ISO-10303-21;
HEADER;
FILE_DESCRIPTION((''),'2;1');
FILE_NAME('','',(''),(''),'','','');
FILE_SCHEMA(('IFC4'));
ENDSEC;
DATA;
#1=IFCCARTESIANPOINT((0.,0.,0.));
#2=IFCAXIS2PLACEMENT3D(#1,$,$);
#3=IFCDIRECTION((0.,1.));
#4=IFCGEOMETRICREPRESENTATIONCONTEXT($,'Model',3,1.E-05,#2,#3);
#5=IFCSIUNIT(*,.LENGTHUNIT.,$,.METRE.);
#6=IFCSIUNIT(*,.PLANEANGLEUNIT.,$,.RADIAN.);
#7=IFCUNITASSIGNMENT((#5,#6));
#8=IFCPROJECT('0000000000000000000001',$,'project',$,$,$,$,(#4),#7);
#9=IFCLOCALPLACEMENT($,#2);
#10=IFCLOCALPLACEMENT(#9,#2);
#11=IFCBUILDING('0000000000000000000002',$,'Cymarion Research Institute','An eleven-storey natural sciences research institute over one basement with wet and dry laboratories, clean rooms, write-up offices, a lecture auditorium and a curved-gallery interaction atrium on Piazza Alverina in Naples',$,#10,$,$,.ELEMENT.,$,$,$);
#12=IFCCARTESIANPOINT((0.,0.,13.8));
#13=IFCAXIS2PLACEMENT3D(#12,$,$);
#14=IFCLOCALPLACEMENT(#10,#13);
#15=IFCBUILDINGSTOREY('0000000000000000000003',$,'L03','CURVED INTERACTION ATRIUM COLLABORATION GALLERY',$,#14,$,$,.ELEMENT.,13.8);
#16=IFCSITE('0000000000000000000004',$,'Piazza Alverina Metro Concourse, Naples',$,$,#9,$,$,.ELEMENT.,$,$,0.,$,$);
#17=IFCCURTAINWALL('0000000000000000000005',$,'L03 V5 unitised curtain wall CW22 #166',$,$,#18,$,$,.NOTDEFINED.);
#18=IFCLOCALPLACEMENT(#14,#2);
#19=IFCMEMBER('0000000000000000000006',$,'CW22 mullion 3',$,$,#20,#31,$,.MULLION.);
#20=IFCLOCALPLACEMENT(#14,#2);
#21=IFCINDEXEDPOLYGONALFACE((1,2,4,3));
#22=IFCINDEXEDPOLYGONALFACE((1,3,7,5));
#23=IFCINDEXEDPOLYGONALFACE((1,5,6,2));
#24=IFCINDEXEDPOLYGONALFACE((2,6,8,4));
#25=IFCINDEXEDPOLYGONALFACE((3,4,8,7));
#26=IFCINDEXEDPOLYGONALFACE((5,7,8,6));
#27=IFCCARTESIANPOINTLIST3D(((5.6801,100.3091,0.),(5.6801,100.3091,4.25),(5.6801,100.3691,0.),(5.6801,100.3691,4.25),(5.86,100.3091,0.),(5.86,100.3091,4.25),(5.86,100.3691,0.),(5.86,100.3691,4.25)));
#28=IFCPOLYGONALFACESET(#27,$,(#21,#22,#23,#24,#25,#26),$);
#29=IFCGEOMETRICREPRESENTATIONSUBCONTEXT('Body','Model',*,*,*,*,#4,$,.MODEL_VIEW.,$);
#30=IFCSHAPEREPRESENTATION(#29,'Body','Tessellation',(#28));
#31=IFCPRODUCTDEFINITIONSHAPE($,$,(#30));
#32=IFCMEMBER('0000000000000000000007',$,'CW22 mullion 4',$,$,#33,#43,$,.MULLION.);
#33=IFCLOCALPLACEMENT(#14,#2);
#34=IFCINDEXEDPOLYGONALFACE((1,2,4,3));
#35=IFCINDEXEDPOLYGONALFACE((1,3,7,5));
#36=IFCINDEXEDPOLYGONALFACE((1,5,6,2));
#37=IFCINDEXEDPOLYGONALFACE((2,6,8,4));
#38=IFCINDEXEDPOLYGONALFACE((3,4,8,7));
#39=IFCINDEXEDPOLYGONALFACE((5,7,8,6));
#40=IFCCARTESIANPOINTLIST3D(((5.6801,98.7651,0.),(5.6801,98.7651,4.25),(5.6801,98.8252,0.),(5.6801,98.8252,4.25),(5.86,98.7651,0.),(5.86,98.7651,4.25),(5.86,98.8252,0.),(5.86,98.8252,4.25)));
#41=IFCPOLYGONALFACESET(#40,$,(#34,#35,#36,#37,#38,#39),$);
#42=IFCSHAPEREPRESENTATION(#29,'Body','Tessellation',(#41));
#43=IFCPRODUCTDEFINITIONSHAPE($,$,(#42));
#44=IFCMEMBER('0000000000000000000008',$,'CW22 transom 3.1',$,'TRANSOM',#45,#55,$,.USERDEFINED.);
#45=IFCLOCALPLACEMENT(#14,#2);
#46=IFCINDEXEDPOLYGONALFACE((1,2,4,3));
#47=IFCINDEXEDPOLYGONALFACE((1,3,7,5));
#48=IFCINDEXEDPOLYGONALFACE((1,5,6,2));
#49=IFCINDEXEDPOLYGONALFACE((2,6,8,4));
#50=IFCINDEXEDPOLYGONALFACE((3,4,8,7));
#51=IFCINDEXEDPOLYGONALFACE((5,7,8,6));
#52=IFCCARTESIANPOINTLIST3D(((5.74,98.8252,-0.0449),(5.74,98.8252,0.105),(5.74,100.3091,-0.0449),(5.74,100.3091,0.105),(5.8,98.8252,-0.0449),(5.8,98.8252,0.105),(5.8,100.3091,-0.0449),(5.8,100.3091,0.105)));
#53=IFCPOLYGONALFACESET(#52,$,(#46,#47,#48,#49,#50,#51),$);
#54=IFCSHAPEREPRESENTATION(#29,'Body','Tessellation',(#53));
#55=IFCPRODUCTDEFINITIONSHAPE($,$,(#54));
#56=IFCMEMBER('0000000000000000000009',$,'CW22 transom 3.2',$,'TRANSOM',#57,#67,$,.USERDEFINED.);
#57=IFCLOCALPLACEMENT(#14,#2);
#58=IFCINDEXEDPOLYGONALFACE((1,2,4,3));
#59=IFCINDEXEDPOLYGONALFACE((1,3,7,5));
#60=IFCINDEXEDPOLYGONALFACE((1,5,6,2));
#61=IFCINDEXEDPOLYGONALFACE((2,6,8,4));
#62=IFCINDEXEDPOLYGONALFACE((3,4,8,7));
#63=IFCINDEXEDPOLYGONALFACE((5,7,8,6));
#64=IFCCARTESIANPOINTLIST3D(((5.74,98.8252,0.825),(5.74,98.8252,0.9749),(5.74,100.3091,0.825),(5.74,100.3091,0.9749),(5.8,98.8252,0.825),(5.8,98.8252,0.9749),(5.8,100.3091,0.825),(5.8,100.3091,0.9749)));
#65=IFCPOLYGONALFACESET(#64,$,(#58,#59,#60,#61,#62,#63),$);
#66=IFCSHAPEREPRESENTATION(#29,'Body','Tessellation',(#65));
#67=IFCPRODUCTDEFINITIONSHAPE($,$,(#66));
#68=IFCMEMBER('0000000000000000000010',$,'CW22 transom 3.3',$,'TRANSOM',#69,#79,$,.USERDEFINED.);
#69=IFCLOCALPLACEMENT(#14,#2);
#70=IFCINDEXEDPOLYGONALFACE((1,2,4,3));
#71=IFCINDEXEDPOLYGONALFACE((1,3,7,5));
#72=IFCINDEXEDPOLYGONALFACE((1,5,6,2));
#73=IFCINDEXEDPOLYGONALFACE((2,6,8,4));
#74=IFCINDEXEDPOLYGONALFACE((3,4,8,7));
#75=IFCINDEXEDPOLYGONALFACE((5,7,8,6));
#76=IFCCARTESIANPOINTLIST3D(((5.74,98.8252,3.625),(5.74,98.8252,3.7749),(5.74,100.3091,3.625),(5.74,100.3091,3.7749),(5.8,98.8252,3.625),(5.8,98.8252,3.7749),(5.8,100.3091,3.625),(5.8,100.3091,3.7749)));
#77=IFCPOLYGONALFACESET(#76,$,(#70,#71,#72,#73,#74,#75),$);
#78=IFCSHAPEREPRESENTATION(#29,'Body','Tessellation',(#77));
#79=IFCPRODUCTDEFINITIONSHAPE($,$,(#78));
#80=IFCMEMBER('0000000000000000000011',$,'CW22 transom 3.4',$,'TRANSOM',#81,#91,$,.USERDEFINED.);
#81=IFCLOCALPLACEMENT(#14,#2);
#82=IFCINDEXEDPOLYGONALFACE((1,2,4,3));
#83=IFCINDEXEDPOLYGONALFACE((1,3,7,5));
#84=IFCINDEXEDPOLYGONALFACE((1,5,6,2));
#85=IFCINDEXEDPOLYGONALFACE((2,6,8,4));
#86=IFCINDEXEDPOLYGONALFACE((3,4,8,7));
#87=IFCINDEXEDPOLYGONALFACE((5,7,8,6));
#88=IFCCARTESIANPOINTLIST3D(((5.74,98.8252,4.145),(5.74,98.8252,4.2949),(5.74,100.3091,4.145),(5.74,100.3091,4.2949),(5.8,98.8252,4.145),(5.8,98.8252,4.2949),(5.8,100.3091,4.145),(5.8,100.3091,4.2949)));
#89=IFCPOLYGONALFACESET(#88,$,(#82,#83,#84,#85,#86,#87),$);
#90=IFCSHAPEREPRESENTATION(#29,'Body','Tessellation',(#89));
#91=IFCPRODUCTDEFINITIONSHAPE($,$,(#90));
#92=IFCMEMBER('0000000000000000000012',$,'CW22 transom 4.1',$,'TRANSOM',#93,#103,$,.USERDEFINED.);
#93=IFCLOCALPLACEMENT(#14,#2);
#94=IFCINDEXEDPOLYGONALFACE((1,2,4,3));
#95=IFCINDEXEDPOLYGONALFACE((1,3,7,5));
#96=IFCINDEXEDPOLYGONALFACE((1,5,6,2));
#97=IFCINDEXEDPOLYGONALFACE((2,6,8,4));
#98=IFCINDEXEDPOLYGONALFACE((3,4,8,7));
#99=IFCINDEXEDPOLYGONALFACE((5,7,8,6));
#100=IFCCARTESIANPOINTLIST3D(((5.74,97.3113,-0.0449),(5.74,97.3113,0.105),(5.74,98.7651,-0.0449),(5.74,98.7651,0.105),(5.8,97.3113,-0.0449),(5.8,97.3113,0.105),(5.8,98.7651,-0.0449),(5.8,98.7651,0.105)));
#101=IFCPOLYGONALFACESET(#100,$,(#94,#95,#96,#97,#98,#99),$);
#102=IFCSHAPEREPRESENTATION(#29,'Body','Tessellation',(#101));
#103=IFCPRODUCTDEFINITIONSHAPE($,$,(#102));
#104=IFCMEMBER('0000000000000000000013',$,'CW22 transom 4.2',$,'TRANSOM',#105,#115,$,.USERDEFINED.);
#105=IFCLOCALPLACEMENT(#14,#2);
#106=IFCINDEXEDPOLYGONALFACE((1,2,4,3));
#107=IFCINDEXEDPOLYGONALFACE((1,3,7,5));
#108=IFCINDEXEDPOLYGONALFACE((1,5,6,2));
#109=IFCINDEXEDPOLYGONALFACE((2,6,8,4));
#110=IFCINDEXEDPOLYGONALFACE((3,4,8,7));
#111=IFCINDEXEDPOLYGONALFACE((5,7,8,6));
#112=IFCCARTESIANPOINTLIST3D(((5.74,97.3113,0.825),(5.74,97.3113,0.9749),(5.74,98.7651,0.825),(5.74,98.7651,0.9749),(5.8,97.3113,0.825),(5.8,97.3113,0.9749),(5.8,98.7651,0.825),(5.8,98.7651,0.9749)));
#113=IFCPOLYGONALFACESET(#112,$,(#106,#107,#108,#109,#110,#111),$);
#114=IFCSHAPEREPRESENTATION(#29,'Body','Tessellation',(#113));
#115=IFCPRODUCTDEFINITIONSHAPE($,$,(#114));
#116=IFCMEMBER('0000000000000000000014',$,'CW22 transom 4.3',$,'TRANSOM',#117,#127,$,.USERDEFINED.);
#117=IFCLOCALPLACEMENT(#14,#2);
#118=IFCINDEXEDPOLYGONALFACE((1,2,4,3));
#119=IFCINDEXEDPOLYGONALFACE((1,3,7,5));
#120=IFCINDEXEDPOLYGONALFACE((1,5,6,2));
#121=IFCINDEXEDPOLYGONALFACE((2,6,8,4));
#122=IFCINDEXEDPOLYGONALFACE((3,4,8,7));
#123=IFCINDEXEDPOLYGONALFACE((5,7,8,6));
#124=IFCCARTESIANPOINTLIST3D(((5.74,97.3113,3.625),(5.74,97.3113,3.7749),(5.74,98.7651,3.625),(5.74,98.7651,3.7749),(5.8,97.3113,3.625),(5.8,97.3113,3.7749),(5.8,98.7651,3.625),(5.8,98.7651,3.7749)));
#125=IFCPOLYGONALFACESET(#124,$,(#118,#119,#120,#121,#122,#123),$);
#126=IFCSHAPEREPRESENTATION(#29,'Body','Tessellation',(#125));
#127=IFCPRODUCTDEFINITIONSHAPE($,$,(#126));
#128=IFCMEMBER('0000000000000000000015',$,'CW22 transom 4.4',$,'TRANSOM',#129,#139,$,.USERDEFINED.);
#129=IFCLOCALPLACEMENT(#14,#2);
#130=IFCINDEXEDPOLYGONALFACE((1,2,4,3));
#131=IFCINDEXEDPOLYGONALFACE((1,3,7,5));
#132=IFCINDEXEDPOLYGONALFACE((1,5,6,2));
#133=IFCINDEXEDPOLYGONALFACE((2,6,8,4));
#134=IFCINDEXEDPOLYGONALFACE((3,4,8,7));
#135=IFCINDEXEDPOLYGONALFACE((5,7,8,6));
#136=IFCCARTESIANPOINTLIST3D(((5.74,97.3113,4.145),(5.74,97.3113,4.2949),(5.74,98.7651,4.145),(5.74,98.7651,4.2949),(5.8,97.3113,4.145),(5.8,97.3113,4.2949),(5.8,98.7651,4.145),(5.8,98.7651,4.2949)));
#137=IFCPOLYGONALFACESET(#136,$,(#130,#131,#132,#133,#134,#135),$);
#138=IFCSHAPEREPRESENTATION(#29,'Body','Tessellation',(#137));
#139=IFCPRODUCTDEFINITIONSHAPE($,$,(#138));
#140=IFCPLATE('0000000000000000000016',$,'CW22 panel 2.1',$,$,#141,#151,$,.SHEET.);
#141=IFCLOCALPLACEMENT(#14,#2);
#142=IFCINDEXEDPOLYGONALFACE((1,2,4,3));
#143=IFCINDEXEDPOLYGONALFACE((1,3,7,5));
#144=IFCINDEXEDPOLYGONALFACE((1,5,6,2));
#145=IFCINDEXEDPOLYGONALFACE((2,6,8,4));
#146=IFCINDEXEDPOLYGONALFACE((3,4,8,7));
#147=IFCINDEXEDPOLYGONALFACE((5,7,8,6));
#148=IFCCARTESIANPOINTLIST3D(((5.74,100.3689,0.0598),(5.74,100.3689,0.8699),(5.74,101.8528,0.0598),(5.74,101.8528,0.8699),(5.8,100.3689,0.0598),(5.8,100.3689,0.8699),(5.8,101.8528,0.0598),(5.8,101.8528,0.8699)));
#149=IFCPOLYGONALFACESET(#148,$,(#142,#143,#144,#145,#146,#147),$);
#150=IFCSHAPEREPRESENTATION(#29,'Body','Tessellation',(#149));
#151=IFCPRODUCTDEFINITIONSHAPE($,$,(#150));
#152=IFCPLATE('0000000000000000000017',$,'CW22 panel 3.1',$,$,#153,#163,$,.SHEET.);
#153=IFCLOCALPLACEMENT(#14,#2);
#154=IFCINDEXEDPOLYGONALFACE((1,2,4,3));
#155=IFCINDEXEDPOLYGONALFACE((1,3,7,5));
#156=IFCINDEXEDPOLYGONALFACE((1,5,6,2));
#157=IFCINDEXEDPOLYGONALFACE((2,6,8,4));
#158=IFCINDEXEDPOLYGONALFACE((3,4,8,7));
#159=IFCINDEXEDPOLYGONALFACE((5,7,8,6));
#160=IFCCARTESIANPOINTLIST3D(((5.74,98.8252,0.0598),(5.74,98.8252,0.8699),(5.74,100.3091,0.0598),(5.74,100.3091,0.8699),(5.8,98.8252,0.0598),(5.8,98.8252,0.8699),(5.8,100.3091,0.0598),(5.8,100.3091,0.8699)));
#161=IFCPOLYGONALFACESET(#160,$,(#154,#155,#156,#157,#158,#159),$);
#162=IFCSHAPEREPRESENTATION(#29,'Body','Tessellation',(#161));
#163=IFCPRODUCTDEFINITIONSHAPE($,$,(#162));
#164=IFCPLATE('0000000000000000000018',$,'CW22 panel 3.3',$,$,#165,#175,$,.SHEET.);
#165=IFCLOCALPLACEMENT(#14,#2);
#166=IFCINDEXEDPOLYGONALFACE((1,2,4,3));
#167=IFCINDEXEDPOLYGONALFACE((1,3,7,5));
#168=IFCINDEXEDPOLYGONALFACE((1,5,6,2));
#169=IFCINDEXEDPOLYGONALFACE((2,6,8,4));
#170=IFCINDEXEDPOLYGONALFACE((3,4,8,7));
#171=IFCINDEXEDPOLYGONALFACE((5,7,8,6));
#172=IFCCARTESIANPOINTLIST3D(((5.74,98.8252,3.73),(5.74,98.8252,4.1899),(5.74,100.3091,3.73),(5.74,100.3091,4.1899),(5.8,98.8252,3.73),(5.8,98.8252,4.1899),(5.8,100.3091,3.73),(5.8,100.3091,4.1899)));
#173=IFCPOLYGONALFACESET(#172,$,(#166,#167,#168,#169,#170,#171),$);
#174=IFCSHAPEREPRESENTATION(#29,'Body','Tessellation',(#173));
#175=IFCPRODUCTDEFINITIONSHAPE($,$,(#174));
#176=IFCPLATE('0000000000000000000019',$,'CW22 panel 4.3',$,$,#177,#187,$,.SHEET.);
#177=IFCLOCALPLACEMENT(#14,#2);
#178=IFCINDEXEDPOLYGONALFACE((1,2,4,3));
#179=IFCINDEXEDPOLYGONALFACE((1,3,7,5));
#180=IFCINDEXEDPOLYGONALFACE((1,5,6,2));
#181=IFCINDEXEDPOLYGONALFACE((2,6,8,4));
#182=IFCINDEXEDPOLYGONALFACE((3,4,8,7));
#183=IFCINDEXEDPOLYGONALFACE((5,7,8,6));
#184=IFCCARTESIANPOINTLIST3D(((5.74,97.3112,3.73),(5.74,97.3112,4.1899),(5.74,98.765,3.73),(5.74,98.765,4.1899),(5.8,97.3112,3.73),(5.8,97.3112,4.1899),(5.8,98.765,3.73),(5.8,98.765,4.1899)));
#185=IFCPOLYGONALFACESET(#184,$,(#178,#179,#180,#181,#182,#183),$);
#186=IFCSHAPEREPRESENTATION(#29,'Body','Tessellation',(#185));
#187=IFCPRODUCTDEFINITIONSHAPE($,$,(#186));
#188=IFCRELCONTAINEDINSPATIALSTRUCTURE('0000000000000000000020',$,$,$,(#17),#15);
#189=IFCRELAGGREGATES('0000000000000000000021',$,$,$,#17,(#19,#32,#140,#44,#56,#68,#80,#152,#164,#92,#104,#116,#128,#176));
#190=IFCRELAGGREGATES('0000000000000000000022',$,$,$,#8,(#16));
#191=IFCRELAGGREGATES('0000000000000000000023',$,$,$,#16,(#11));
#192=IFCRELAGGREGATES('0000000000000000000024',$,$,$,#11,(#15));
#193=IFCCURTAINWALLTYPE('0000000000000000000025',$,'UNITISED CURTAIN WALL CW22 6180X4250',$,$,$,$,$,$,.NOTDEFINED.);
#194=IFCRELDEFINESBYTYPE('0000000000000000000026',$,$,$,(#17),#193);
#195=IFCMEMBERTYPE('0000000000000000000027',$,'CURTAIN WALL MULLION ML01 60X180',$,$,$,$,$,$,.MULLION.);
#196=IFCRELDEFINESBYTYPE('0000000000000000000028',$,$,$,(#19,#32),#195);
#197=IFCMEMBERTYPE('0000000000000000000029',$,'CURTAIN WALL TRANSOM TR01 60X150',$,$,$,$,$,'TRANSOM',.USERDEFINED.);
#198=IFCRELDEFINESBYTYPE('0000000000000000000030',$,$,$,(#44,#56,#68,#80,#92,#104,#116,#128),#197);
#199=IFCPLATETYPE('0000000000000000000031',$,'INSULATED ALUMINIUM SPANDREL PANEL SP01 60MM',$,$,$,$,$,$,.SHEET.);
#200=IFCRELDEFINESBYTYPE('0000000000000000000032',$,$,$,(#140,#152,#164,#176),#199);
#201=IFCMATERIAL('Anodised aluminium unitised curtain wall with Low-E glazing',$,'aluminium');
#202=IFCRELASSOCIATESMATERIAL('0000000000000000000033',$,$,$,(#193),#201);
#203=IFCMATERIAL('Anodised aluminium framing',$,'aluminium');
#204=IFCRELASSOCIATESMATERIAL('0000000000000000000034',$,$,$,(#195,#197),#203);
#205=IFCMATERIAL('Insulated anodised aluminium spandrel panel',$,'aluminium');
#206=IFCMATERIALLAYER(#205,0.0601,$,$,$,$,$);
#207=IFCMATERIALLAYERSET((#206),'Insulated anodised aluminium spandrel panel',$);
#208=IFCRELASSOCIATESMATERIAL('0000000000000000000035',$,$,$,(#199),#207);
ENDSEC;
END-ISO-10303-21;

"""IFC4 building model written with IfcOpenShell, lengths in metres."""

from ifc_helpers import new_model, si_unit, direction, frame, origin, origin_2d, place, context, subcontext, project, spatial, rectangle, extrude, material, layer, layer_set, material_profile, profile_set, type_object, element, aggregate, save


model = new_model("IFC4")

# Units and contexts
model_context = context("Model", 3, precision=1e-05, world=origin(), true_north=direction((0.0, 1.0)))
body_context = subcontext(model_context, "Body", "Model", "MODEL_VIEW")
ifc_project = project(units=[si_unit("LENGTHUNIT", "METRE"), si_unit("PLANEANGLEUNIT", "RADIAN")], contexts=[model_context])

# Site, building, storey
site_placement = place(None, origin())
site = spatial("IfcSite", under=ifc_project, at=site_placement, Name="Piazza Alverina Metro Concourse, Naples", CompositionType="ELEMENT", RefElevation=0.0)
building_placement = place(site_placement, origin())
building = spatial("IfcBuilding", under=site, at=building_placement, Name="Cymarion Research Institute", Description="An eleven-storey natural sciences research institute over one basement with wet and dry laboratories, clean rooms, write-up offices, a lecture auditorium and a curved-gallery interaction atrium on Piazza Alverina in Naples", CompositionType="ELEMENT")
storey_placement = place(building_placement, frame((0.0, 0.0, 13.8)))
storey = spatial("IfcBuildingStorey", under=building, at=storey_placement, Name="L03", Description="CURVED INTERACTION ATRIUM COLLABORATION GALLERY", CompositionType="ELEMENT", Elevation=13.8)

# Curtain wall, members, plates
ifc_material_1 = material(Name="Anodised aluminium unitised curtain wall with Low-E glazing", Category="aluminium")
curtain_wall_type = type_object("IfcCurtainWallType", Name="UNITISED CURTAIN WALL CW22 6180X4250", PredefinedType="NOTDEFINED", material=ifc_material_1)
curtain_wall_placement = place(storey_placement, origin())
curtain_wall = element("IfcCurtainWall", 1, at=curtain_wall_placement, inside=storey, type_object=curtain_wall_type, Name="L03 V5 unitised curtain wall CW22 #166", PredefinedType="NOTDEFINED")
ifc_material_2 = material(Name="Anodised aluminium framing", Category="aluminium")
ifc_material_profile_1 = material_profile(ifc_material_2, rectangle(XDim=0.0601, YDim=0.1799, at=origin_2d()), Name="ALU MULLION 60x180")
ifc_profile_set_1 = profile_set([ifc_material_profile_1], Name="Anodised aluminium framing")
member_type_1 = type_object("IfcMemberType", Name="CURTAIN WALL MULLION ML01 60X180", PredefinedType="MULLION", material=ifc_profile_set_1)
member_1_placement = place(storey_placement, frame((5.77, 100.3391, 0.0), z_axis=(0.0, 0.0, 1.0), x_axis=(0.0, -1.0, 0.0)))
member_1 = element("IfcMember", 2, at=member_1_placement, type_object=member_type_1, Name="CW22 mullion 3", PredefinedType="MULLION", context=body_context, shape_type="SweptSolid", body=[
    extrude(rectangle(XDim=0.0601, YDim=0.1799, at=origin_2d()), origin(), (0.0, 0.0, 1.0), 4.25),
])
member_2_placement = place(storey_placement, frame((5.77, 98.7952, 0.0), z_axis=(0.0, 0.0, 1.0), x_axis=(0.0, -1.0, 0.0)))
member_2 = element("IfcMember", 3, at=member_2_placement, type_object=member_type_1, Name="CW22 mullion 4", PredefinedType="MULLION", context=body_context, shape_type="SweptSolid", body=[
    extrude(rectangle(XDim=0.0601, YDim=0.1799, at=origin_2d()), origin(), (0.0, 0.0, 1.0), 4.25),
])
ifc_material_profile_2 = material_profile(ifc_material_2, rectangle(XDim=0.0601, YDim=0.1499, at=origin_2d()), Name="ALU TRANSOM 60x150")
ifc_profile_set_2 = profile_set([ifc_material_profile_2], Name="Anodised aluminium framing")
member_type_2 = type_object("IfcMemberType", Name="CURTAIN WALL TRANSOM TR01 60X150", ElementType="TRANSOM", PredefinedType="USERDEFINED", material=ifc_profile_set_2)
member_3_placement = place(storey_placement, frame((5.77, 100.3091, 0.03), z_axis=(0.0, -1.0, 0.0), x_axis=(1.0, 0.0, 0.0)))
member_3 = element("IfcMember", 4, at=member_3_placement, type_object=member_type_2, Name="CW22 transom 3.1", ObjectType="TRANSOM", PredefinedType="USERDEFINED", context=body_context, shape_type="SweptSolid", body=[
    extrude(rectangle(XDim=0.0601, YDim=0.1499, at=origin_2d()), origin(), (0.0, 0.0, 1.0), 1.4839),
])
member_4_placement = place(storey_placement, frame((5.77, 100.3091, 0.8999), z_axis=(0.0, -1.0, 0.0), x_axis=(1.0, 0.0, 0.0)))
member_4 = element("IfcMember", 5, at=member_4_placement, type_object=member_type_2, Name="CW22 transom 3.2", ObjectType="TRANSOM", PredefinedType="USERDEFINED", context=body_context, shape_type="SweptSolid", body=[
    extrude(rectangle(XDim=0.0601, YDim=0.1499, at=origin_2d()), origin(), (0.0, 0.0, 1.0), 1.4839),
])
member_5_placement = place(storey_placement, frame((5.77, 100.3091, 3.7), z_axis=(0.0, -1.0, 0.0), x_axis=(1.0, 0.0, 0.0)))
member_5 = element("IfcMember", 6, at=member_5_placement, type_object=member_type_2, Name="CW22 transom 3.3", ObjectType="TRANSOM", PredefinedType="USERDEFINED", context=body_context, shape_type="SweptSolid", body=[
    extrude(rectangle(XDim=0.0601, YDim=0.1499, at=origin_2d()), origin(), (0.0, 0.0, 1.0), 1.4839),
])
member_6_placement = place(storey_placement, frame((5.77, 100.3091, 4.22), z_axis=(0.0, -1.0, 0.0), x_axis=(1.0, 0.0, 0.0)))
member_6 = element("IfcMember", 7, at=member_6_placement, type_object=member_type_2, Name="CW22 transom 3.4", ObjectType="TRANSOM", PredefinedType="USERDEFINED", context=body_context, shape_type="SweptSolid", body=[
    extrude(rectangle(XDim=0.0601, YDim=0.1499, at=origin_2d()), origin(), (0.0, 0.0, 1.0), 1.4839),
])
member_7_placement = place(storey_placement, frame((5.77, 98.7651, 0.03), z_axis=(0.0, -1.0, 0.0), x_axis=(1.0, 0.0, 0.0)))
member_7 = element("IfcMember", 8, at=member_7_placement, type_object=member_type_2, Name="CW22 transom 4.1", ObjectType="TRANSOM", PredefinedType="USERDEFINED", context=body_context, shape_type="SweptSolid", body=[
    extrude(rectangle(XDim=0.0601, YDim=0.1499, at=origin_2d()), origin(), (0.0, 0.0, 1.0), 1.4539),
])
member_8_placement = place(storey_placement, frame((5.77, 98.7651, 0.8999), z_axis=(0.0, -1.0, 0.0), x_axis=(1.0, 0.0, 0.0)))
member_8 = element("IfcMember", 9, at=member_8_placement, type_object=member_type_2, Name="CW22 transom 4.2", ObjectType="TRANSOM", PredefinedType="USERDEFINED", context=body_context, shape_type="SweptSolid", body=[
    extrude(rectangle(XDim=0.0601, YDim=0.1499, at=origin_2d()), origin(), (0.0, 0.0, 1.0), 1.4539),
])
member_9_placement = place(storey_placement, frame((5.77, 98.7651, 3.7), z_axis=(0.0, -1.0, 0.0), x_axis=(1.0, 0.0, 0.0)))
member_9 = element("IfcMember", 10, at=member_9_placement, type_object=member_type_2, Name="CW22 transom 4.3", ObjectType="TRANSOM", PredefinedType="USERDEFINED", context=body_context, shape_type="SweptSolid", body=[
    extrude(rectangle(XDim=0.0601, YDim=0.1499, at=origin_2d()), origin(), (0.0, 0.0, 1.0), 1.4539),
])
member_10_placement = place(storey_placement, frame((5.77, 98.7651, 4.22), z_axis=(0.0, -1.0, 0.0), x_axis=(1.0, 0.0, 0.0)))
member_10 = element("IfcMember", 11, at=member_10_placement, type_object=member_type_2, Name="CW22 transom 4.4", ObjectType="TRANSOM", PredefinedType="USERDEFINED", context=body_context, shape_type="SweptSolid", body=[
    extrude(rectangle(XDim=0.0601, YDim=0.1499, at=origin_2d()), origin(), (0.0, 0.0, 1.0), 1.4539),
])
ifc_material_3 = material(Name="Insulated anodised aluminium spandrel panel", Category="aluminium")
ifc_layer_1 = layer(ifc_material_3, 0.0601)
ifc_layer_set_1 = layer_set([ifc_layer_1], Name="Insulated anodised aluminium spandrel panel")
plate_type_1 = type_object("IfcPlateType", Name="INSULATED ALUMINIUM SPANDREL PANEL SP01 60MM", PredefinedType="SHEET", material=ifc_layer_set_1)
plate_1_placement = place(storey_placement, frame((5.77, 101.1108, 0.0598), z_axis=(0.0, 0.0, 1.0), x_axis=(0.0, -1.0, 0.0)))
plate_1 = element("IfcPlate", 12, at=plate_1_placement, type_object=plate_type_1, Name="CW22 panel 2.1", PredefinedType="SHEET", context=body_context, shape_type="SweptSolid", body=[
    extrude(rectangle(XDim=1.4839, YDim=0.0601, at=origin_2d()), origin(), (0.0, 0.0, 1.0), 0.8101),
])
plate_2_placement = place(storey_placement, frame((5.77, 99.5671, 0.0598), z_axis=(0.0, 0.0, 1.0), x_axis=(0.0, -1.0, 0.0)))
plate_2 = element("IfcPlate", 13, at=plate_2_placement, type_object=plate_type_1, Name="CW22 panel 3.1", PredefinedType="SHEET", context=body_context, shape_type="SweptSolid", body=[
    extrude(rectangle(XDim=1.4839, YDim=0.0601, at=origin_2d()), origin(), (0.0, 0.0, 1.0), 0.8101),
])
plate_3_placement = place(storey_placement, frame((5.77, 99.5671, 3.73), z_axis=(0.0, 0.0, 1.0), x_axis=(0.0, -1.0, 0.0)))
plate_3 = element("IfcPlate", 14, at=plate_3_placement, type_object=plate_type_1, Name="CW22 panel 3.3", PredefinedType="SHEET", context=body_context, shape_type="SweptSolid", body=[
    extrude(rectangle(XDim=1.4839, YDim=0.0601, at=origin_2d()), origin(), (0.0, 0.0, 1.0), 0.46),
])
plate_4_placement = place(storey_placement, frame((5.77, 98.0381, 3.73), z_axis=(0.0, 0.0, 1.0), x_axis=(0.0, -1.0, 0.0)))
plate_4 = element("IfcPlate", 15, at=plate_4_placement, type_object=plate_type_1, Name="CW22 panel 4.3", PredefinedType="SHEET", context=body_context, shape_type="SweptSolid", body=[
    extrude(rectangle(XDim=1.4539, YDim=0.0601, at=origin_2d()), origin(), (0.0, 0.0, 1.0), 0.46),
])
aggregate(curtain_wall, [member_1, member_2, plate_1, member_3, member_4, member_5, member_6, plate_2, plate_3, member_7, member_8, member_9, member_10, plate_4])

save(model, "model.ifc")
